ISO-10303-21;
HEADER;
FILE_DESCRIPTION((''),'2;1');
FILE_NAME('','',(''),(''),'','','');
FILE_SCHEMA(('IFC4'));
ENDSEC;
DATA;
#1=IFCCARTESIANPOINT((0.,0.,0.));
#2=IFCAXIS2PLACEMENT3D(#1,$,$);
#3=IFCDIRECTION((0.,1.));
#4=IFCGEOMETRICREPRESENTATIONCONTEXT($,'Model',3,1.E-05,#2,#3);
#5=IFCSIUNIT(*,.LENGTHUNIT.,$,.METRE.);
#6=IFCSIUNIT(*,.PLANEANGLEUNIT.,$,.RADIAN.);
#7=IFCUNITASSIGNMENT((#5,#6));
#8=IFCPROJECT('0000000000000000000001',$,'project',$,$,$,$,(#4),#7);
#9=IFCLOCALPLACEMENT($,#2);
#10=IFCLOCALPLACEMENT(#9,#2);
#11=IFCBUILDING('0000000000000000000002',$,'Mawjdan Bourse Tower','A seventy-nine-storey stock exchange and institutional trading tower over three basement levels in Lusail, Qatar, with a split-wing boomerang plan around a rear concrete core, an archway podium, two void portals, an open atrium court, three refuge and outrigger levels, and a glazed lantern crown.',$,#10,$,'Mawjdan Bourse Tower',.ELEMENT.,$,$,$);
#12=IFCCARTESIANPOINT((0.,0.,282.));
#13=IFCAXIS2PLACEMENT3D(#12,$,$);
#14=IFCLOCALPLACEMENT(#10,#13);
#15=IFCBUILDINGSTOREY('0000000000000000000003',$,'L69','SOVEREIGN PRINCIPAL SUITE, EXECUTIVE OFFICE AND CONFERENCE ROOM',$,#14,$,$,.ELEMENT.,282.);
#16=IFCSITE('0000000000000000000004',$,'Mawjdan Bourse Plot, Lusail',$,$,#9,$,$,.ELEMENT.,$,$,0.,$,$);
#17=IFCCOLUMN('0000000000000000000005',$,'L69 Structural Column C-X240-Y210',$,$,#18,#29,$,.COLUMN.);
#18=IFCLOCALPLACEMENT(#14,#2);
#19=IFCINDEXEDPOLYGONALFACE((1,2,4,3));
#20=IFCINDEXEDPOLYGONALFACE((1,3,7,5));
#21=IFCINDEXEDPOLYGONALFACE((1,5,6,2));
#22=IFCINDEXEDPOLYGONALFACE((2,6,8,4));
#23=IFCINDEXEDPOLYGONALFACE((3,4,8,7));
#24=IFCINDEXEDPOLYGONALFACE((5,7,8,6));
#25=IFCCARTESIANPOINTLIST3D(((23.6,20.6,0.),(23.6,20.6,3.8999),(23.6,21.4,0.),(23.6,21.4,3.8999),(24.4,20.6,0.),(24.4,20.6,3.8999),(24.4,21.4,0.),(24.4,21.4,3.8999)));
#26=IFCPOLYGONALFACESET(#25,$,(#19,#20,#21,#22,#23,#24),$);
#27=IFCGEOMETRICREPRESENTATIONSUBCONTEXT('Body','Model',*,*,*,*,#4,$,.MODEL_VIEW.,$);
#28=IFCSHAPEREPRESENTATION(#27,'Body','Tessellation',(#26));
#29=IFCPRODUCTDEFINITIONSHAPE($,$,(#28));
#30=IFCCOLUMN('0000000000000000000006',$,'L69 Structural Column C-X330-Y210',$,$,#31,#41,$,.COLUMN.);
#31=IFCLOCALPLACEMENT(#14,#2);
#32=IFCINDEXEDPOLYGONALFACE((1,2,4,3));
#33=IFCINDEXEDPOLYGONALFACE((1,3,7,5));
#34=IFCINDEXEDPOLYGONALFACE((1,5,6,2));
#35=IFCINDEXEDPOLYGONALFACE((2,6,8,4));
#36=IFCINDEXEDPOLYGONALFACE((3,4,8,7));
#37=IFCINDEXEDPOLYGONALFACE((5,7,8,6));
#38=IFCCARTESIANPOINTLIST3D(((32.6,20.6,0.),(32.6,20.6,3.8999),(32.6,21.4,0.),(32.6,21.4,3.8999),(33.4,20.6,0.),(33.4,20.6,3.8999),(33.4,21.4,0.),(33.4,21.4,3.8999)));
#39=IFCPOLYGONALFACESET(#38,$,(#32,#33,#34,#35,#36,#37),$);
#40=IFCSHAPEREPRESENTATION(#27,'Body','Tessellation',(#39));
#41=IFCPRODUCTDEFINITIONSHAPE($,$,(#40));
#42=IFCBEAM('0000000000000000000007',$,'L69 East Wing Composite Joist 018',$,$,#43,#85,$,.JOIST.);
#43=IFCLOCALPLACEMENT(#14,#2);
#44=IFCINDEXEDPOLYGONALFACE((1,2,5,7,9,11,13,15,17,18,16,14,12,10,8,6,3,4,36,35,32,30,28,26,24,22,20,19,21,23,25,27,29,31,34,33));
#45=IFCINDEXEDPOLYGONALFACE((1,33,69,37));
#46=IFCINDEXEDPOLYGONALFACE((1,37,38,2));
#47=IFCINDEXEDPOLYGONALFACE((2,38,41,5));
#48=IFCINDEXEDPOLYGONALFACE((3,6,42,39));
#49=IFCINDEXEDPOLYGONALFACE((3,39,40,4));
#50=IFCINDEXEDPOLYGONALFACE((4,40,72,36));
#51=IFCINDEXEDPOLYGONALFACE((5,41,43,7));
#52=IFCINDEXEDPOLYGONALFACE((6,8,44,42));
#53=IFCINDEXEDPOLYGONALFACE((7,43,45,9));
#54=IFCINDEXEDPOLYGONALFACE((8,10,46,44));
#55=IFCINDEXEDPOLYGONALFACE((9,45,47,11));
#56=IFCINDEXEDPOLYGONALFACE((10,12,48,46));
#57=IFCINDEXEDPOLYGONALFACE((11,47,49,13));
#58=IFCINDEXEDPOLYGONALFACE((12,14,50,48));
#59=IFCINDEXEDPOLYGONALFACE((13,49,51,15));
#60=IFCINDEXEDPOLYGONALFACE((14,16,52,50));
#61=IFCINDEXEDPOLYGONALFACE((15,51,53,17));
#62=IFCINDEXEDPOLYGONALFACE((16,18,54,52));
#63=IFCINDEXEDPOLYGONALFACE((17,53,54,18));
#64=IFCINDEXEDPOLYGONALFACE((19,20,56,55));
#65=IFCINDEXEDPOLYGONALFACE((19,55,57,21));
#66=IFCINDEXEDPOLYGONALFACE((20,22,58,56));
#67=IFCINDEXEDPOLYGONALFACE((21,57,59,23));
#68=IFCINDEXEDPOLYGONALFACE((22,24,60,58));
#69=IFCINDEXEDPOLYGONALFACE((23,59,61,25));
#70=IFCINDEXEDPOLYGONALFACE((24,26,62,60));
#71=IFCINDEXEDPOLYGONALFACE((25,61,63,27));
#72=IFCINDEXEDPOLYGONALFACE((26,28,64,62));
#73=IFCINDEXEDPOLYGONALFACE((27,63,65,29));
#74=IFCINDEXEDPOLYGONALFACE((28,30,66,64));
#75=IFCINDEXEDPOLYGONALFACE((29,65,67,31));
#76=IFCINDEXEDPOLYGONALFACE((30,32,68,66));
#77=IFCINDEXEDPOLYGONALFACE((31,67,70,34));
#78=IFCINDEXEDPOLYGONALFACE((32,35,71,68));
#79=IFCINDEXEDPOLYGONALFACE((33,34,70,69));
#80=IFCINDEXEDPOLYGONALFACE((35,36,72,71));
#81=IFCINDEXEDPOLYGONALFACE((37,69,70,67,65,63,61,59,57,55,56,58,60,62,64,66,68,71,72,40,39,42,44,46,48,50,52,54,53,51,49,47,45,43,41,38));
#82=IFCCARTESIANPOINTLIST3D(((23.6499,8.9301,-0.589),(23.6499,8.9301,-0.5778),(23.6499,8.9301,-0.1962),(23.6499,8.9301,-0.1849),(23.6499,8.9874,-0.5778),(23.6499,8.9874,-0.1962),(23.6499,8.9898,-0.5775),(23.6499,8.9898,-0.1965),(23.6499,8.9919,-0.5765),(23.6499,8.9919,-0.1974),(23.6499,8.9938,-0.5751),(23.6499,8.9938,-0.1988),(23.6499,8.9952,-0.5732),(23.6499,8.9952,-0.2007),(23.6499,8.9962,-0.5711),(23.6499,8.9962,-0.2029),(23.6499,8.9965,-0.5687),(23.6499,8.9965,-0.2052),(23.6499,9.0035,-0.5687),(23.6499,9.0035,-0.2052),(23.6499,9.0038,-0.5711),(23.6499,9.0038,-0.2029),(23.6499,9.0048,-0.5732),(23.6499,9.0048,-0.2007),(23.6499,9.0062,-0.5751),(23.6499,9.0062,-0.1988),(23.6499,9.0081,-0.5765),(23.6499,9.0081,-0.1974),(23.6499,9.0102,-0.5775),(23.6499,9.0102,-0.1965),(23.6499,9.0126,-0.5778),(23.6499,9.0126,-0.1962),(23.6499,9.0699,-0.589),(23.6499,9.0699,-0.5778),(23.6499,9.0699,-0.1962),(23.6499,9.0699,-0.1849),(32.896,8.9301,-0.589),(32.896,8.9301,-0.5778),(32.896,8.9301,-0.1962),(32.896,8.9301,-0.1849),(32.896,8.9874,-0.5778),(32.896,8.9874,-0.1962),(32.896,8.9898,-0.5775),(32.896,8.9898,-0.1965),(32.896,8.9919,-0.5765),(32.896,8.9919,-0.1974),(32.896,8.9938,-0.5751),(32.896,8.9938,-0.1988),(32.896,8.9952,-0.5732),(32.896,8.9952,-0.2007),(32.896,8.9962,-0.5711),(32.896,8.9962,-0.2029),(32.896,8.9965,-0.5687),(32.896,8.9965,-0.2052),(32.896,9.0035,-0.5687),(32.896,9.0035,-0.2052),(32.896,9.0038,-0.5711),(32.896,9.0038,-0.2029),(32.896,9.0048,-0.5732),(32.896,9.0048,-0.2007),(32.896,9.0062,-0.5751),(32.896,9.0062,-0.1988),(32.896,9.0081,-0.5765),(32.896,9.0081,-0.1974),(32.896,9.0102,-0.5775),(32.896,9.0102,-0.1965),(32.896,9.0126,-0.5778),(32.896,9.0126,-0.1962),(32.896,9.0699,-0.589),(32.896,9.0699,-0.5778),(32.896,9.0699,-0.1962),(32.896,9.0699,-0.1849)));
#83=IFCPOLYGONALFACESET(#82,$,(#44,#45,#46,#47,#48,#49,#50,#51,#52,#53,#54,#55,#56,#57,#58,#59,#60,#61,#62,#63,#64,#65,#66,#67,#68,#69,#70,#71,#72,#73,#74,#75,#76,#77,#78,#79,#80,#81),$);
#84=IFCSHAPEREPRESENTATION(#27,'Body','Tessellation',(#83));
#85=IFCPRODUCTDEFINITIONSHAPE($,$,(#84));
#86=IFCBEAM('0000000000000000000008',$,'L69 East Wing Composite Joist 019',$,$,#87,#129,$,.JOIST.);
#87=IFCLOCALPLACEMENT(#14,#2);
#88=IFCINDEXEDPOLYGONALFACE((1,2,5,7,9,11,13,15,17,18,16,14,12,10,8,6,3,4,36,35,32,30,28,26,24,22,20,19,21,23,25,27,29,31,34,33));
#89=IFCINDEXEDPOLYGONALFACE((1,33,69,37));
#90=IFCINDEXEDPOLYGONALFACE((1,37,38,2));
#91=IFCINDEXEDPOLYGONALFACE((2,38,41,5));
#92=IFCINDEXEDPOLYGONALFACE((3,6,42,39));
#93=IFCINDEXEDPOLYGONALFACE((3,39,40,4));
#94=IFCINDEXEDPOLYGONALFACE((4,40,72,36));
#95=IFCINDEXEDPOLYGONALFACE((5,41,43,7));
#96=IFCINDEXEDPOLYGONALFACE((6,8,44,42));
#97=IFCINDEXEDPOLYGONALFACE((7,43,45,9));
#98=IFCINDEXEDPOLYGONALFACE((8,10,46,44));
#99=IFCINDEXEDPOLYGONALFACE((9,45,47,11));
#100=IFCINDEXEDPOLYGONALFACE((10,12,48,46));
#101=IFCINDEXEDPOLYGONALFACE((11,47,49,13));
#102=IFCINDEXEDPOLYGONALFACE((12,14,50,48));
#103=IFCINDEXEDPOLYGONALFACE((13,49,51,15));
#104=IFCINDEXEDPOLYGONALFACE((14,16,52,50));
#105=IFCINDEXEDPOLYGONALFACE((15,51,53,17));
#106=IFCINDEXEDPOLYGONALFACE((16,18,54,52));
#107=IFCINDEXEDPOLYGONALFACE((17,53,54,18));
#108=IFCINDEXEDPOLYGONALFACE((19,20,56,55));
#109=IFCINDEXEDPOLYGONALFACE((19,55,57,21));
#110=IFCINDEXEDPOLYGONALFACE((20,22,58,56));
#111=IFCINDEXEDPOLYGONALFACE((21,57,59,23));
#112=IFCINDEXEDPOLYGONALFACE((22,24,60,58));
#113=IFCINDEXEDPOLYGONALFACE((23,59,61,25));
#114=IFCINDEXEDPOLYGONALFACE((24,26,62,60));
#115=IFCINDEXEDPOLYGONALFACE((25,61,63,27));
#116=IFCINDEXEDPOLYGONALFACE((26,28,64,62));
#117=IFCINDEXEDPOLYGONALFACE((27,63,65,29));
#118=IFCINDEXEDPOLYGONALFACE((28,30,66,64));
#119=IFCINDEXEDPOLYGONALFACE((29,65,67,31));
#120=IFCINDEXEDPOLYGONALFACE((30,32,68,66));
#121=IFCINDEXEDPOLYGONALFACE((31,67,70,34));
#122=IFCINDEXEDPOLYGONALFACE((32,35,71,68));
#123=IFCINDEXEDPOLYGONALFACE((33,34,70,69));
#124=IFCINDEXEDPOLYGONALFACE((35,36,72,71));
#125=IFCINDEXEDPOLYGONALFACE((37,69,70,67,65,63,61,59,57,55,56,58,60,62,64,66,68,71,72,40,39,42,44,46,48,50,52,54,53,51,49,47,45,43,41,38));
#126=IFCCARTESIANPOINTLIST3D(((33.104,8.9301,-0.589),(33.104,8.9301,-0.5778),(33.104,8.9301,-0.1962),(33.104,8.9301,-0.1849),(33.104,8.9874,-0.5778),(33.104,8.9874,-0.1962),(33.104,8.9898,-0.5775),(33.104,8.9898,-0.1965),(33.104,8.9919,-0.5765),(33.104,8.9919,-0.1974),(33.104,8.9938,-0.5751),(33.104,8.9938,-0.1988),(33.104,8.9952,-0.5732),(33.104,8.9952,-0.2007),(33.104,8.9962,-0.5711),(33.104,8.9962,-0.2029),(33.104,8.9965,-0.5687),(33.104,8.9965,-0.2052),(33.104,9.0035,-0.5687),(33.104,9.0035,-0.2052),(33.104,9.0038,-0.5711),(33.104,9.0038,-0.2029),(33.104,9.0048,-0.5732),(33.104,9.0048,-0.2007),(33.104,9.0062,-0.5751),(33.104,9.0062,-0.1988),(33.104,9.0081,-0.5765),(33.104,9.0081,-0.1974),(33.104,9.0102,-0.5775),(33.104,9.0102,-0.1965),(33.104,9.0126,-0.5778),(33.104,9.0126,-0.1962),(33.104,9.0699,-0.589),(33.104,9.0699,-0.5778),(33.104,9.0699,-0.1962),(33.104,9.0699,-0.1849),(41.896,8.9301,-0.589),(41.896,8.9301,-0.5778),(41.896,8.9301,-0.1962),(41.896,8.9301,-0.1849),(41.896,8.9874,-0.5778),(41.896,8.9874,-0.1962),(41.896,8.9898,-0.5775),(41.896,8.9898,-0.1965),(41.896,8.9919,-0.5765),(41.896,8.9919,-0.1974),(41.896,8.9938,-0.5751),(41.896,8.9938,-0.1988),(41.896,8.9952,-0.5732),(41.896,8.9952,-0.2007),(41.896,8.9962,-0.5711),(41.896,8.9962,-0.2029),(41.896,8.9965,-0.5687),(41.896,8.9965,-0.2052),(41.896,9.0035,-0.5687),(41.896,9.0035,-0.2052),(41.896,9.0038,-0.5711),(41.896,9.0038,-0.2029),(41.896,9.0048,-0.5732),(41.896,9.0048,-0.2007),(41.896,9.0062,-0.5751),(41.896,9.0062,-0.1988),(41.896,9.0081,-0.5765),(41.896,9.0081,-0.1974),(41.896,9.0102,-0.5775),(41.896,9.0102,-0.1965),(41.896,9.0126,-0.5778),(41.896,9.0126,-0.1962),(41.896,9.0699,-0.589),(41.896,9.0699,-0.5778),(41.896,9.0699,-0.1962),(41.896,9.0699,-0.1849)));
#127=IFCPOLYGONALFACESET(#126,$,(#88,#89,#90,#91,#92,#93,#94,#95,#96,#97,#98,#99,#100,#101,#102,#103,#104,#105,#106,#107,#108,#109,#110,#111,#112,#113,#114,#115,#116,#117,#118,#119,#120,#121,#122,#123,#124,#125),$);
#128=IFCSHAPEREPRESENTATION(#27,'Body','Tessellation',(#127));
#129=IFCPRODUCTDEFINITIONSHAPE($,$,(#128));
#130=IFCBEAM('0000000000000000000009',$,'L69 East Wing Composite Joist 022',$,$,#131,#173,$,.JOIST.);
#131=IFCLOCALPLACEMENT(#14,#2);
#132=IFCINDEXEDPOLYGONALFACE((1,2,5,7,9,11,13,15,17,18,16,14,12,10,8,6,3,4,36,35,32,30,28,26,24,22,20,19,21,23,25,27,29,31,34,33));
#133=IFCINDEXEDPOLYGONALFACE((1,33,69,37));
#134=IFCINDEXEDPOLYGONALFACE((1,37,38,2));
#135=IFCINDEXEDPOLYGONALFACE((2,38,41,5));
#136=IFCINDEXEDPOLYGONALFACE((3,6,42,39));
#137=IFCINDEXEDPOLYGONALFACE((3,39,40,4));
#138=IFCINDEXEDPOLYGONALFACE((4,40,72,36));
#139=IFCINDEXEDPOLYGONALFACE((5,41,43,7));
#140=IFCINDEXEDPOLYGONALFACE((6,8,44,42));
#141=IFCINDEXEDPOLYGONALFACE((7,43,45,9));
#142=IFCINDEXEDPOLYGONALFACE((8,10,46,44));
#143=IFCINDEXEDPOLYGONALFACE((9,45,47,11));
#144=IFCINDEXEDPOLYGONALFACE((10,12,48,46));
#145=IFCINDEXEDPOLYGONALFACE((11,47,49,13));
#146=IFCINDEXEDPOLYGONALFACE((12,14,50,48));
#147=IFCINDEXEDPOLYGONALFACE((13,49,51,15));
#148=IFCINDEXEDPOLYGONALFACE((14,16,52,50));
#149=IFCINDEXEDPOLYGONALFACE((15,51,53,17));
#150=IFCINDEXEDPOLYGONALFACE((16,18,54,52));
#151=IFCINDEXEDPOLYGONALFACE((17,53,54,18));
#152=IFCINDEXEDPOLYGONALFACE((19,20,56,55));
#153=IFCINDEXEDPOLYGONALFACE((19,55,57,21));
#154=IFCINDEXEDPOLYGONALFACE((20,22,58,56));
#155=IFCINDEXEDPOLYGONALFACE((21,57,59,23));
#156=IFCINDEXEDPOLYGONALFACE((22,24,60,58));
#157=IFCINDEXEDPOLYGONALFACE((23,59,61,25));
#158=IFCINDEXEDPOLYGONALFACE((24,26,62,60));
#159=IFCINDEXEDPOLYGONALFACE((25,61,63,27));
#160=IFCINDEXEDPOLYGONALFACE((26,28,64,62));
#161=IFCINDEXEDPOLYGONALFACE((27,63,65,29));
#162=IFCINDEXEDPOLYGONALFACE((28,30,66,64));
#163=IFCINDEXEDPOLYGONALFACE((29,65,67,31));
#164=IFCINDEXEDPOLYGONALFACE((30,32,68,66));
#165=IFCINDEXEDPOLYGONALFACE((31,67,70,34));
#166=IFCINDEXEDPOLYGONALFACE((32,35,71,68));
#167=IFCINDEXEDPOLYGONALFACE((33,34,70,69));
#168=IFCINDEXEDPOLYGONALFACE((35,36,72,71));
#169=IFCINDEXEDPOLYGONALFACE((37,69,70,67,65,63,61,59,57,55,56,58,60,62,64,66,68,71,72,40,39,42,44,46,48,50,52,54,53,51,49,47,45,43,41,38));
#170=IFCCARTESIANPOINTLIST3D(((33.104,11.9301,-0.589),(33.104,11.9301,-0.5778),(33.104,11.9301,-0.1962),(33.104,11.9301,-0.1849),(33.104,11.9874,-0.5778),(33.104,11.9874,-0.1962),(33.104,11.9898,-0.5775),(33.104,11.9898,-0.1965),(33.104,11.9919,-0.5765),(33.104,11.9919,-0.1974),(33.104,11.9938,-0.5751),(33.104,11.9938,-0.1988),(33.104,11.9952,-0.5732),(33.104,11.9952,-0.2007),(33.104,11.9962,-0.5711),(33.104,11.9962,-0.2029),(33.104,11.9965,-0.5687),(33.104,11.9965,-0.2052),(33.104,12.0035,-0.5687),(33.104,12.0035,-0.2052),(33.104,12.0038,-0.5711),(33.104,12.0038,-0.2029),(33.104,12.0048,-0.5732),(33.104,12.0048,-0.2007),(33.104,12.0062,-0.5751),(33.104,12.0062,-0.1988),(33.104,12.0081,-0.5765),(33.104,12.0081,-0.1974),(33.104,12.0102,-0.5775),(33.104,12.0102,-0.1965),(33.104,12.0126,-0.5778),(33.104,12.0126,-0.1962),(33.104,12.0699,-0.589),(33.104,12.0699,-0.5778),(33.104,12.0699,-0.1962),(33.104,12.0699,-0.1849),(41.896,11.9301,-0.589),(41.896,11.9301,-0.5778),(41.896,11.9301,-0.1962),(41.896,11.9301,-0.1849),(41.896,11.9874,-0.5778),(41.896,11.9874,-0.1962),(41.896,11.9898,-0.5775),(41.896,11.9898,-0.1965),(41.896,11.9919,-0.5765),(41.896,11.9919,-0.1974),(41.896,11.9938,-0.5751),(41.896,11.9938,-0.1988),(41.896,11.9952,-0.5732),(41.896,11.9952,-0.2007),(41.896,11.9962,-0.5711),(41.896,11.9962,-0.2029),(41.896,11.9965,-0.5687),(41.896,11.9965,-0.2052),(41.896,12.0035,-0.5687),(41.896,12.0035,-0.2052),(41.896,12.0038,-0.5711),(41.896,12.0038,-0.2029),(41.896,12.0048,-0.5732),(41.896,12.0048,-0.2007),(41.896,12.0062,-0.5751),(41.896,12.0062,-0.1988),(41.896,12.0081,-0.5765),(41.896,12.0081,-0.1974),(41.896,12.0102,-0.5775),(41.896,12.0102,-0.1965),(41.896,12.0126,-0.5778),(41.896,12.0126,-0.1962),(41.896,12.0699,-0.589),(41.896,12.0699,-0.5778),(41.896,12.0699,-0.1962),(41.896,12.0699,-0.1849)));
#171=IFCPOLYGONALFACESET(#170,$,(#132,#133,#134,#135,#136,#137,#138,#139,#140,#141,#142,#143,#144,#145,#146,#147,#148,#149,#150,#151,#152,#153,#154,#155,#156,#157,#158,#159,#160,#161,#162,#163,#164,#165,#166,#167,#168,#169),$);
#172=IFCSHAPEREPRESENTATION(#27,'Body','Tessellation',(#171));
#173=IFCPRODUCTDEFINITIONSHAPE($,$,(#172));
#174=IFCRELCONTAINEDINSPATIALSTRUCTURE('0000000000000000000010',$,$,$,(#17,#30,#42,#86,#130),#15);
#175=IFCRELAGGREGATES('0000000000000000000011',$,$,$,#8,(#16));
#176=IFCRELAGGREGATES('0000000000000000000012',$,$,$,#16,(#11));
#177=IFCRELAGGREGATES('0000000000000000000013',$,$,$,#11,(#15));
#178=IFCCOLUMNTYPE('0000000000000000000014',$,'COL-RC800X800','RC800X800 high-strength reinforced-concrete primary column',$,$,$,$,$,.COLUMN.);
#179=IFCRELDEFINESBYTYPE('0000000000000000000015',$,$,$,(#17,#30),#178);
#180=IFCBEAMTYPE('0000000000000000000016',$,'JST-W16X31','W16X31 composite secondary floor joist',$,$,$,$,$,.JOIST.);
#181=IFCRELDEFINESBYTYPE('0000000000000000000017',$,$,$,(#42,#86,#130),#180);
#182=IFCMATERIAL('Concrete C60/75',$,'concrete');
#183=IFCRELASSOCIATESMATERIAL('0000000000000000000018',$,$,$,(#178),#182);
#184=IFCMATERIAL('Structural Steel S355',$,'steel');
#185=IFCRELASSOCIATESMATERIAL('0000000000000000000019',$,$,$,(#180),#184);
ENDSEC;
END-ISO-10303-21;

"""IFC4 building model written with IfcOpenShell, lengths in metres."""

from ifc_helpers import new_model, si_unit, direction, frame, origin, origin_2d, place, context, subcontext, project, spatial, rectangle, i_section, extrude, material, material_profile, profile_set, type_object, element, save


model = new_model("IFC4")

# Units and contexts
model_context = context("Model", 3, precision=1e-05, world=origin(), true_north=direction((0.0, 1.0)))
body_context = subcontext(model_context, "Body", "Model", "MODEL_VIEW")
ifc_project = project(units=[si_unit("LENGTHUNIT", "METRE"), si_unit("PLANEANGLEUNIT", "RADIAN")], contexts=[model_context])

# Site, building, storey
site_placement = place(None, origin())
site = spatial("IfcSite", under=ifc_project, at=site_placement, Name="Mawjdan Bourse Plot, Lusail", CompositionType="ELEMENT", RefElevation=0.0)
building_placement = place(site_placement, origin())
building = spatial("IfcBuilding", under=site, at=building_placement, Name="Mawjdan Bourse Tower", Description="A seventy-nine-storey stock exchange and institutional trading tower over three basement levels in Lusail, Qatar, with a split-wing boomerang plan around a rear concrete core, an archway podium, two void portals, an open atrium court, three refuge and outrigger levels, and a glazed lantern crown.", LongName="Mawjdan Bourse Tower", CompositionType="ELEMENT")
storey_placement = place(building_placement, frame((0.0, 0.0, 282.0)))
storey = spatial("IfcBuildingStorey", under=building, at=storey_placement, Name="L69", Description="SOVEREIGN PRINCIPAL SUITE, EXECUTIVE OFFICE AND CONFERENCE ROOM", CompositionType="ELEMENT", Elevation=282.0)

# Columns
ifc_material_1 = material(Name="Concrete C60/75", Category="concrete")
ifc_material_profile_1 = material_profile(ifc_material_1, rectangle(XDim=0.8, YDim=0.8, at=origin_2d()), Name="RC800X800")
ifc_profile_set_1 = profile_set([ifc_material_profile_1], Name="Concrete C60/75")
column_type = type_object("IfcColumnType", Name="COL-RC800X800", Description="RC800X800 high-strength reinforced-concrete primary column", PredefinedType="COLUMN", material=ifc_profile_set_1)
for number, where, z_axis, x_axis, name in (
    (1, (24.0, 21.0, 0.0), (0.0, 0.0, 1.0), (1.0, 0.0, 0.0), "L69 Structural Column C-X240-Y210"),
    (2, (33.0, 21.0, 0.0), (0.0, 0.0, 1.0), (1.0, 0.0, 0.0), "L69 Structural Column C-X330-Y210"),
):
    element("IfcColumn", number, at=place(storey_placement, frame(where, z_axis=z_axis, x_axis=x_axis)), inside=storey, type_object=column_type, Name=name, PredefinedType="COLUMN", context=body_context, shape_type="SweptSolid", body=[
        extrude(rectangle(XDim=0.8, YDim=0.8, at=origin_2d()), origin(), (0.0, 0.0, 1.0), 3.8999),
    ])

# Beams
ifc_material_2 = material(Name="Structural Steel S355", Category="steel")
ifc_material_profile_2 = material_profile(ifc_material_2, i_section(OverallWidth=0.1399, OverallDepth=0.4041, WebThickness=0.0071, FlangeThickness=0.0112, FilletRadius=0.009, at=origin_2d()), Name="W16X31")
ifc_profile_set_2 = profile_set([ifc_material_profile_2], Name="Structural Steel S355")
beam_type_1 = type_object("IfcBeamType", Name="JST-W16X31", Description="W16X31 composite secondary floor joist", PredefinedType="JOIST", material=ifc_profile_set_2)
beam_1_placement = place(storey_placement, frame((23.6499, 9.0, -0.387), z_axis=(1.0, 0.0, 0.0), x_axis=(0.0, 1.0, 0.0)))
element("IfcBeam", 3, at=beam_1_placement, inside=storey, type_object=beam_type_1, Name="L69 East Wing Composite Joist 018", PredefinedType="JOIST", context=body_context, shape_type="SweptSolid", body=[
    extrude(i_section(OverallWidth=0.1399, OverallDepth=0.4041, WebThickness=0.0071, FlangeThickness=0.0112, FilletRadius=0.009, at=origin_2d()), origin(), (0.0, 0.0, 1.0), 9.2461),
])
for number, where, z_axis, x_axis, name in (
    (4, (33.104, 9.0, -0.387), (1.0, 0.0, 0.0), (0.0, 1.0, 0.0), "L69 East Wing Composite Joist 019"),
    (5, (33.104, 12.0, -0.387), (1.0, 0.0, 0.0), (0.0, 1.0, 0.0), "L69 East Wing Composite Joist 022"),
):
    element("IfcBeam", number, at=place(storey_placement, frame(where, z_axis=z_axis, x_axis=x_axis)), inside=storey, type_object=beam_type_1, Name=name, PredefinedType="JOIST", context=body_context, shape_type="SweptSolid", body=[
        extrude(i_section(OverallWidth=0.1399, OverallDepth=0.4041, WebThickness=0.0071, FlangeThickness=0.0112, FilletRadius=0.009, at=origin_2d()), origin(), (0.0, 0.0, 1.0), 8.792),
    ])

save(model, "model.ifc")
